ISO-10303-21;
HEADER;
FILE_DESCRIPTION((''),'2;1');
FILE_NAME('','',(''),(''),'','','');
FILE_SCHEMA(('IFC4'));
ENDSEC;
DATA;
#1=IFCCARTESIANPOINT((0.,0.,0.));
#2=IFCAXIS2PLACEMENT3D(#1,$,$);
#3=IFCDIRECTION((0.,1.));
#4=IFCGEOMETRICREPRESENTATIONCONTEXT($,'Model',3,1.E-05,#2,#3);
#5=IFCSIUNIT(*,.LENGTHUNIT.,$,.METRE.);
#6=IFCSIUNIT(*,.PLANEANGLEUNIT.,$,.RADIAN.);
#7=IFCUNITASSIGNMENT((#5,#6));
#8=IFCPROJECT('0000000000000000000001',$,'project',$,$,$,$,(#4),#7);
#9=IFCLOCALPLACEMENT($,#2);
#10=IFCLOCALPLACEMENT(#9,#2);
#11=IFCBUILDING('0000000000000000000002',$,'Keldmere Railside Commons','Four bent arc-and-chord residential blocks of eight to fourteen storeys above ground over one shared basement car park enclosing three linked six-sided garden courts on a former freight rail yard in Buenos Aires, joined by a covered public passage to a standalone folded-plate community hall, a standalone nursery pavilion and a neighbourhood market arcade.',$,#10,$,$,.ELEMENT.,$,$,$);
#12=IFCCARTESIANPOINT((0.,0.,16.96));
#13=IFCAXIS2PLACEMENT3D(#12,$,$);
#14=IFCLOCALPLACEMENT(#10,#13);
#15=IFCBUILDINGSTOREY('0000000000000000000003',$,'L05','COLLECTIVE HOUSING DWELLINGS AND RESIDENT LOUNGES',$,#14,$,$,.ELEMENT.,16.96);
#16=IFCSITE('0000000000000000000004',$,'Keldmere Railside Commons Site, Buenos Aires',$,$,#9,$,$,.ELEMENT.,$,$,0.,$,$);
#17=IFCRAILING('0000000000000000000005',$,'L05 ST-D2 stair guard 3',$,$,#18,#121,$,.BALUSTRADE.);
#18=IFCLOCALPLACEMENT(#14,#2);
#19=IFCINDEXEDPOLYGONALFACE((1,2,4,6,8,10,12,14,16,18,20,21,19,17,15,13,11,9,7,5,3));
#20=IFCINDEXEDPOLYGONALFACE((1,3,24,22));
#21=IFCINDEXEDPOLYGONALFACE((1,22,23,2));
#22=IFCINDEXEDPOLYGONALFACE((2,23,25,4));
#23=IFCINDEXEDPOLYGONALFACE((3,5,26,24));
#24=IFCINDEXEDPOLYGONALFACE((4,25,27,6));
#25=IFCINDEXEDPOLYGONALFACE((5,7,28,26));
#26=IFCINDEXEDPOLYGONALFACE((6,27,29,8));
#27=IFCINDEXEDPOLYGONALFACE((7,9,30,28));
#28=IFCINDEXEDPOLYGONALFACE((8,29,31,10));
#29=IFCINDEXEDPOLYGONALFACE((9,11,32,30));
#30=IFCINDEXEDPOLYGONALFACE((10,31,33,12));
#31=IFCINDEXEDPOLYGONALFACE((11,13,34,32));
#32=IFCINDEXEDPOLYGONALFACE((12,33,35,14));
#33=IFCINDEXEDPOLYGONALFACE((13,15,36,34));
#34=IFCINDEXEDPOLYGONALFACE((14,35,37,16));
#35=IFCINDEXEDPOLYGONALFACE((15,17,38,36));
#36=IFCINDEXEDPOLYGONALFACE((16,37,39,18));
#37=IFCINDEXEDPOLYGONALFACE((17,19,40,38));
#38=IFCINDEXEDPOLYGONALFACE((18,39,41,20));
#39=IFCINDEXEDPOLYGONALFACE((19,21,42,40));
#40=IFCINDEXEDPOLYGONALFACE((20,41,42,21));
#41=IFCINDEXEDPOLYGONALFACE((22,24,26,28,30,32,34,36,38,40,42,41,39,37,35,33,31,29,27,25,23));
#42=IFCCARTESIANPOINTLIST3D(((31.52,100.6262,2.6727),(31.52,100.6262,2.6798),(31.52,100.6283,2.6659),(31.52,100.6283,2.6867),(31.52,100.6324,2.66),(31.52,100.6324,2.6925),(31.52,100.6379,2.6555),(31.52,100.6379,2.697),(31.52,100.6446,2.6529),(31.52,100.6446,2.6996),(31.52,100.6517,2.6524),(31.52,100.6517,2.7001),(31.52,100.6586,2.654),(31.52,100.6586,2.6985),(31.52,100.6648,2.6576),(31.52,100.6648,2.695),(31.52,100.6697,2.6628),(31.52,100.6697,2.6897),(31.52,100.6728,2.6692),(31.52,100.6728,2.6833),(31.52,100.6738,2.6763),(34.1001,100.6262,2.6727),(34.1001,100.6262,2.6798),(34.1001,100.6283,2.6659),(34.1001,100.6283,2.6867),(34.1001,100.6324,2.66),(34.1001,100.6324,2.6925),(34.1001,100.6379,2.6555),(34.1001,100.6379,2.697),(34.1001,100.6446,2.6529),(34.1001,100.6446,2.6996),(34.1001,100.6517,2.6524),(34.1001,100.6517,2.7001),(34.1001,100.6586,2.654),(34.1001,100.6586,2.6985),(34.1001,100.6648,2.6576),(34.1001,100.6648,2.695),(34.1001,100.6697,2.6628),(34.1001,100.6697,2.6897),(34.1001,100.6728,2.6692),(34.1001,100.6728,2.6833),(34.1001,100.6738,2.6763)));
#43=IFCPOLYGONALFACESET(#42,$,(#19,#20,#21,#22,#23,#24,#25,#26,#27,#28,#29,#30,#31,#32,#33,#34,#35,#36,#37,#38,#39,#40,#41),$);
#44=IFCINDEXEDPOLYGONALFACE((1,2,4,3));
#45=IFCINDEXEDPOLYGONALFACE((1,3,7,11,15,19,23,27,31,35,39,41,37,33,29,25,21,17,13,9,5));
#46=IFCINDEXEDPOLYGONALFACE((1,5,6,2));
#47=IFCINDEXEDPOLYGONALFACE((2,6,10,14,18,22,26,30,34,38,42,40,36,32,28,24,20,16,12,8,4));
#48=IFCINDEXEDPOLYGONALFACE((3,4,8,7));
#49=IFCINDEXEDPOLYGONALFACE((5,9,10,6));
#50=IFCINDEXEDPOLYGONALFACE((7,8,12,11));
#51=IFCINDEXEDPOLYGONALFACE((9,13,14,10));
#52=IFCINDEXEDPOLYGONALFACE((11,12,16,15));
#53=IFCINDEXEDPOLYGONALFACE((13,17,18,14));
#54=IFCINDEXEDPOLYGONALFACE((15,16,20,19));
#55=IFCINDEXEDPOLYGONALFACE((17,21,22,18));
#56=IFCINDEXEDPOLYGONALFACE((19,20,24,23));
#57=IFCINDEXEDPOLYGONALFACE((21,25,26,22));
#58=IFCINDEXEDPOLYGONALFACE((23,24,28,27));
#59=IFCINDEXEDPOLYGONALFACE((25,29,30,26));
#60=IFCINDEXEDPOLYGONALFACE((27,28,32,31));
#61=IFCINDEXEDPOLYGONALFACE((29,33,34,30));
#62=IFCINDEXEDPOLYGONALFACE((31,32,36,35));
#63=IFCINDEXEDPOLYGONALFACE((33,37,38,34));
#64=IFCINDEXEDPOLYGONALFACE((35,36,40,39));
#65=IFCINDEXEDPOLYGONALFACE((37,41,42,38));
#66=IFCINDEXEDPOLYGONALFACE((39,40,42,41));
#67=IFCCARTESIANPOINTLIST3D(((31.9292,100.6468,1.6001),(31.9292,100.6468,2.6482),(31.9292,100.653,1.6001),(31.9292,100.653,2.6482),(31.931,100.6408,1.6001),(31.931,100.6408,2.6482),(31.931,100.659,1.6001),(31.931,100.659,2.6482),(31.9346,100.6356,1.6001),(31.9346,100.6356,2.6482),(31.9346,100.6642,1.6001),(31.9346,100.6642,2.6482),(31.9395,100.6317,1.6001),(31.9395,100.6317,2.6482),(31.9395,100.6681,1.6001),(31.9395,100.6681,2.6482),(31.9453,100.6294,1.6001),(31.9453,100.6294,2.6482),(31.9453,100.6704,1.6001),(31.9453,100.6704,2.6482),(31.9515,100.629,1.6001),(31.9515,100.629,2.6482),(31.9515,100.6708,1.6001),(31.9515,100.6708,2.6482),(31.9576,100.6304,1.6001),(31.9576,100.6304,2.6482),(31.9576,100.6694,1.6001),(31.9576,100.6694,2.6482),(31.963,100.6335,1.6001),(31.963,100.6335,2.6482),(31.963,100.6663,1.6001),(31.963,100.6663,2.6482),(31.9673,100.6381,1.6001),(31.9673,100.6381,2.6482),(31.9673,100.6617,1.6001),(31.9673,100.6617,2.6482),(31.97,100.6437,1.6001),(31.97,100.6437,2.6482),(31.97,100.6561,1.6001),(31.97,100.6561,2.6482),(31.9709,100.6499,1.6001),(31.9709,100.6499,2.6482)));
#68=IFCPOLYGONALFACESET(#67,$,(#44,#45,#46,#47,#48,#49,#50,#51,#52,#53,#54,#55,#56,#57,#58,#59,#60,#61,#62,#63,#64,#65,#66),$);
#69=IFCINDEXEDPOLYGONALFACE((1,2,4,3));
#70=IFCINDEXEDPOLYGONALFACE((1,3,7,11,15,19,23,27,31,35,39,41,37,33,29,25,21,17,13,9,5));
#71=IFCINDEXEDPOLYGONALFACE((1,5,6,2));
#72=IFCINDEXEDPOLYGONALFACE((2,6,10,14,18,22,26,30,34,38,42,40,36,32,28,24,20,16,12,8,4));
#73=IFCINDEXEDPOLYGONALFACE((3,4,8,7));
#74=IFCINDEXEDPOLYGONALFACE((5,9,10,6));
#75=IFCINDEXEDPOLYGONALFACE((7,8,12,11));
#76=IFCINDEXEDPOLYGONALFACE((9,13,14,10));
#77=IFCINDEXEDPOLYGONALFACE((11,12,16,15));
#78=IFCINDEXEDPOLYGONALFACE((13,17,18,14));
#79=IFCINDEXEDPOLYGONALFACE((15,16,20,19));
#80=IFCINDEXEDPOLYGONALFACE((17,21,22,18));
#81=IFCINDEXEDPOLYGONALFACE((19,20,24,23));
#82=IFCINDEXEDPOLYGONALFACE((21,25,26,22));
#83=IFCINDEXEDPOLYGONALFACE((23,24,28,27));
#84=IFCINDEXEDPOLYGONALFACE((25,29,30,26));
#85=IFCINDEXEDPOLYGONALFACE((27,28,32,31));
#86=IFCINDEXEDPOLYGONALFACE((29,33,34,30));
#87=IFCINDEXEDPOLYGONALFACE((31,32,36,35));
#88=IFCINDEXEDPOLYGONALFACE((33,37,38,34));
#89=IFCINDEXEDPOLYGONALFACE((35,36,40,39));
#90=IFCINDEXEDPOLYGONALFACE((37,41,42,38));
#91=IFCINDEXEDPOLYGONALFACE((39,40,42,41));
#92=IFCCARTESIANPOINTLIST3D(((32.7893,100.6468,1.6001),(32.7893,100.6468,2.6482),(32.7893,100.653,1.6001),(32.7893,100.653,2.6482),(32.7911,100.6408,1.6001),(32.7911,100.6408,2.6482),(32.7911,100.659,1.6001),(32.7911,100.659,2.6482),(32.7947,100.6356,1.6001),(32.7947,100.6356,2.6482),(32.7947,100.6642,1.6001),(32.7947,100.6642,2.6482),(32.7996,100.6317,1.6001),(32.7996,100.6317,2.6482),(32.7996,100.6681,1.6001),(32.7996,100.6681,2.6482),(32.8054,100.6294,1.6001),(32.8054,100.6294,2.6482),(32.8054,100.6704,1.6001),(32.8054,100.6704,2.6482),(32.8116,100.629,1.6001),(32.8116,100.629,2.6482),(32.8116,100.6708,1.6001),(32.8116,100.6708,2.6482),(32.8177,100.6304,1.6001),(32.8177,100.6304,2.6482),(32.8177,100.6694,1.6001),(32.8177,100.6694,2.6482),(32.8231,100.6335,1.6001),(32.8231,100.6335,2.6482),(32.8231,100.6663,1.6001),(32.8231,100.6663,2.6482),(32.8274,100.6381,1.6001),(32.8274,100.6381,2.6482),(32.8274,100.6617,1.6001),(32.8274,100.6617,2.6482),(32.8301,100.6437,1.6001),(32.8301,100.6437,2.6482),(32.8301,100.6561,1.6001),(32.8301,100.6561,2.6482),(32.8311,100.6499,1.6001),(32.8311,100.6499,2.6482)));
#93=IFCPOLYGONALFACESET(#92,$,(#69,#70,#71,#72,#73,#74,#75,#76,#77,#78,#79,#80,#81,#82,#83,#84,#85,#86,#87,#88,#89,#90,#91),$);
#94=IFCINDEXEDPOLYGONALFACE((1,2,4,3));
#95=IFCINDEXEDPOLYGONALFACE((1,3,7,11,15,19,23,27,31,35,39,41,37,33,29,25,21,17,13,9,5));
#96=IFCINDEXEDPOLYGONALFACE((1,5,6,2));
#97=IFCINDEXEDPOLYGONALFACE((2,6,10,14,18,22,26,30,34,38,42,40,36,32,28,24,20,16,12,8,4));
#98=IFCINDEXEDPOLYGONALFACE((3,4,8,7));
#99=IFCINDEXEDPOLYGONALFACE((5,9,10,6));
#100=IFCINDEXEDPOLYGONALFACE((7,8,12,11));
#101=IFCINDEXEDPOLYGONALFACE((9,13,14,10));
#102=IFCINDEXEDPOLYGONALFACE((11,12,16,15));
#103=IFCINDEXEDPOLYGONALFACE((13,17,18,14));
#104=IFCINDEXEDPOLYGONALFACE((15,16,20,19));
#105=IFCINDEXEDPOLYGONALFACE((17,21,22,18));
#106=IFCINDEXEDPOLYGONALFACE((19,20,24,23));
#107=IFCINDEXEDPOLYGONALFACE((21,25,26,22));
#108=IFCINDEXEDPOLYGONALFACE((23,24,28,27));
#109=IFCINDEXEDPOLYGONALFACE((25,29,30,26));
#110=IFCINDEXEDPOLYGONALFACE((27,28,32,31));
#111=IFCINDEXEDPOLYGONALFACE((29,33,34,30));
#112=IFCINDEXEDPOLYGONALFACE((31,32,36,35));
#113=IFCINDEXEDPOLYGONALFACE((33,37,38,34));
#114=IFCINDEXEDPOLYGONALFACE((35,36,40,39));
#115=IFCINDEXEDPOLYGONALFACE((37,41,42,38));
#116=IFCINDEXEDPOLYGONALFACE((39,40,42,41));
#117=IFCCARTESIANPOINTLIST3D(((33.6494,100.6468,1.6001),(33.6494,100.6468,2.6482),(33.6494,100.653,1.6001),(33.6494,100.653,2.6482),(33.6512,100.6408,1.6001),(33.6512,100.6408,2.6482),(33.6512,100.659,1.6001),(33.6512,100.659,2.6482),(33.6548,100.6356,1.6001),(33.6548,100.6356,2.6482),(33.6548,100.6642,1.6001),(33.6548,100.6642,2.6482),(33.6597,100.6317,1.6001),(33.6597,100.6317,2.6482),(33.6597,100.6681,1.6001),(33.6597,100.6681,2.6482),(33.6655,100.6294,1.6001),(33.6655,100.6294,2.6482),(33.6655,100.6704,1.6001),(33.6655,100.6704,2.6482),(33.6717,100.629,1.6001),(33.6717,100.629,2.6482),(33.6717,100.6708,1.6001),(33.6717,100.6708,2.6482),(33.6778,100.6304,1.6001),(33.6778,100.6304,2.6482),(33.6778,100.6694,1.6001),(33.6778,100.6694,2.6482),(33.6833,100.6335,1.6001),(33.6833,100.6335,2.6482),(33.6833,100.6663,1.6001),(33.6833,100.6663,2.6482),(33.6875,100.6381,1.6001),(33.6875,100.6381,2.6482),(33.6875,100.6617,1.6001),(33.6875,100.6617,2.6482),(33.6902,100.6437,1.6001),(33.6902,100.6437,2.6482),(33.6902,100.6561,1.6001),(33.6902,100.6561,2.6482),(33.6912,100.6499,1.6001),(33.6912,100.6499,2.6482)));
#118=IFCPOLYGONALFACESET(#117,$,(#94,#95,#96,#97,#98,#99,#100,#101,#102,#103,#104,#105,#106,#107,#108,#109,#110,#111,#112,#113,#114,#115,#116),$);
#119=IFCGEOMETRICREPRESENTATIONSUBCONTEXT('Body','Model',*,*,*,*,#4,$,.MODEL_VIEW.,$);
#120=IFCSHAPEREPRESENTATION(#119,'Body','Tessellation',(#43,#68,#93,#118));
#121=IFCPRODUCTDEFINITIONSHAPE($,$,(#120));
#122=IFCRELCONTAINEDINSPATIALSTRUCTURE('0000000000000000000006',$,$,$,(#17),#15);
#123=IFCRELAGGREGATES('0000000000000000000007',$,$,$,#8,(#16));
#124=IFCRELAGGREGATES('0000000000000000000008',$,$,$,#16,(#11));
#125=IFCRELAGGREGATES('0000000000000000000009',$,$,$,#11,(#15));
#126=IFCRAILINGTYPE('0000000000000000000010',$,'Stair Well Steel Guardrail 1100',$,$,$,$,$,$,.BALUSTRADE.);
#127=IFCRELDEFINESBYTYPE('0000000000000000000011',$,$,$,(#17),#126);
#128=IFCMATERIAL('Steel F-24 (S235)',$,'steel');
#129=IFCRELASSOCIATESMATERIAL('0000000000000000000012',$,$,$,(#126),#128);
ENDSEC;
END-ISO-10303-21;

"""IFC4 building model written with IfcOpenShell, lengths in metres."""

from ifc_helpers import new_model, si_unit, direction, frame, origin, origin_2d, place, context, subcontext, project, spatial, circle, extrude, material, type_object, element, save


model = new_model("IFC4")

# Units and contexts
model_context = context("Model", 3, precision=1e-05, world=origin(), true_north=direction((0.0, 1.0)))
body_context = subcontext(model_context, "Body", "Model", "MODEL_VIEW")
ifc_project = project(units=[si_unit("LENGTHUNIT", "METRE"), si_unit("PLANEANGLEUNIT", "RADIAN")], contexts=[model_context])

# Site, building, storey
site_placement = place(None, origin())
site = spatial("IfcSite", under=ifc_project, at=site_placement, Name="Keldmere Railside Commons Site, Buenos Aires", CompositionType="ELEMENT", RefElevation=0.0)
building_placement = place(site_placement, origin())
building = spatial("IfcBuilding", under=site, at=building_placement, Name="Keldmere Railside Commons", Description="Four bent arc-and-chord residential blocks of eight to fourteen storeys above ground over one shared basement car park enclosing three linked six-sided garden courts on a former freight rail yard in Buenos Aires, joined by a covered public passage to a standalone folded-plate community hall, a standalone nursery pavilion and a neighbourhood market arcade.", CompositionType="ELEMENT")
storey_placement = place(building_placement, frame((0.0, 0.0, 16.96)))
storey = spatial("IfcBuildingStorey", under=building, at=storey_placement, Name="L05", Description="COLLECTIVE HOUSING DWELLINGS AND RESIDENT LOUNGES", CompositionType="ELEMENT", Elevation=16.96)

# Railing
ifc_material_1 = material(Name="Steel F-24 (S235)", Category="steel")
railing_type_1 = type_object("IfcRailingType", Name="Stair Well Steel Guardrail 1100", PredefinedType="BALUSTRADE", material=ifc_material_1)
railing_1_placement = place(storey_placement, frame((31.52, 100.6499, 1.6001)))
element("IfcRailing", 1, at=railing_1_placement, inside=storey, type_object=railing_type_1, Name="L05 ST-D2 stair guard 3", PredefinedType="BALUSTRADE", context=body_context, shape_type="SweptSolid", body=[
    extrude(circle(Radius=0.0239, at=origin_2d()), frame((0.0, 0.0, 1.0762), z_axis=(1.0, 0.0, 0.0), x_axis=(0.0, 1.0, 0.0)), (0.0, 0.0, 1.0), 2.5801),
    extrude(circle(Radius=0.021, at=origin_2d()), frame((0.4299, 0.0, 0.0)), (0.0, 0.0, 1.0), 1.0481),
    extrude(circle(Radius=0.021, at=origin_2d()), frame((1.29, 0.0, 0.0)), (0.0, 0.0, 1.0), 1.0481),
    extrude(circle(Radius=0.021, at=origin_2d()), frame((2.1501, 0.0, 0.0)), (0.0, 0.0, 1.0), 1.0481),
])

save(model, "model.ifc")
